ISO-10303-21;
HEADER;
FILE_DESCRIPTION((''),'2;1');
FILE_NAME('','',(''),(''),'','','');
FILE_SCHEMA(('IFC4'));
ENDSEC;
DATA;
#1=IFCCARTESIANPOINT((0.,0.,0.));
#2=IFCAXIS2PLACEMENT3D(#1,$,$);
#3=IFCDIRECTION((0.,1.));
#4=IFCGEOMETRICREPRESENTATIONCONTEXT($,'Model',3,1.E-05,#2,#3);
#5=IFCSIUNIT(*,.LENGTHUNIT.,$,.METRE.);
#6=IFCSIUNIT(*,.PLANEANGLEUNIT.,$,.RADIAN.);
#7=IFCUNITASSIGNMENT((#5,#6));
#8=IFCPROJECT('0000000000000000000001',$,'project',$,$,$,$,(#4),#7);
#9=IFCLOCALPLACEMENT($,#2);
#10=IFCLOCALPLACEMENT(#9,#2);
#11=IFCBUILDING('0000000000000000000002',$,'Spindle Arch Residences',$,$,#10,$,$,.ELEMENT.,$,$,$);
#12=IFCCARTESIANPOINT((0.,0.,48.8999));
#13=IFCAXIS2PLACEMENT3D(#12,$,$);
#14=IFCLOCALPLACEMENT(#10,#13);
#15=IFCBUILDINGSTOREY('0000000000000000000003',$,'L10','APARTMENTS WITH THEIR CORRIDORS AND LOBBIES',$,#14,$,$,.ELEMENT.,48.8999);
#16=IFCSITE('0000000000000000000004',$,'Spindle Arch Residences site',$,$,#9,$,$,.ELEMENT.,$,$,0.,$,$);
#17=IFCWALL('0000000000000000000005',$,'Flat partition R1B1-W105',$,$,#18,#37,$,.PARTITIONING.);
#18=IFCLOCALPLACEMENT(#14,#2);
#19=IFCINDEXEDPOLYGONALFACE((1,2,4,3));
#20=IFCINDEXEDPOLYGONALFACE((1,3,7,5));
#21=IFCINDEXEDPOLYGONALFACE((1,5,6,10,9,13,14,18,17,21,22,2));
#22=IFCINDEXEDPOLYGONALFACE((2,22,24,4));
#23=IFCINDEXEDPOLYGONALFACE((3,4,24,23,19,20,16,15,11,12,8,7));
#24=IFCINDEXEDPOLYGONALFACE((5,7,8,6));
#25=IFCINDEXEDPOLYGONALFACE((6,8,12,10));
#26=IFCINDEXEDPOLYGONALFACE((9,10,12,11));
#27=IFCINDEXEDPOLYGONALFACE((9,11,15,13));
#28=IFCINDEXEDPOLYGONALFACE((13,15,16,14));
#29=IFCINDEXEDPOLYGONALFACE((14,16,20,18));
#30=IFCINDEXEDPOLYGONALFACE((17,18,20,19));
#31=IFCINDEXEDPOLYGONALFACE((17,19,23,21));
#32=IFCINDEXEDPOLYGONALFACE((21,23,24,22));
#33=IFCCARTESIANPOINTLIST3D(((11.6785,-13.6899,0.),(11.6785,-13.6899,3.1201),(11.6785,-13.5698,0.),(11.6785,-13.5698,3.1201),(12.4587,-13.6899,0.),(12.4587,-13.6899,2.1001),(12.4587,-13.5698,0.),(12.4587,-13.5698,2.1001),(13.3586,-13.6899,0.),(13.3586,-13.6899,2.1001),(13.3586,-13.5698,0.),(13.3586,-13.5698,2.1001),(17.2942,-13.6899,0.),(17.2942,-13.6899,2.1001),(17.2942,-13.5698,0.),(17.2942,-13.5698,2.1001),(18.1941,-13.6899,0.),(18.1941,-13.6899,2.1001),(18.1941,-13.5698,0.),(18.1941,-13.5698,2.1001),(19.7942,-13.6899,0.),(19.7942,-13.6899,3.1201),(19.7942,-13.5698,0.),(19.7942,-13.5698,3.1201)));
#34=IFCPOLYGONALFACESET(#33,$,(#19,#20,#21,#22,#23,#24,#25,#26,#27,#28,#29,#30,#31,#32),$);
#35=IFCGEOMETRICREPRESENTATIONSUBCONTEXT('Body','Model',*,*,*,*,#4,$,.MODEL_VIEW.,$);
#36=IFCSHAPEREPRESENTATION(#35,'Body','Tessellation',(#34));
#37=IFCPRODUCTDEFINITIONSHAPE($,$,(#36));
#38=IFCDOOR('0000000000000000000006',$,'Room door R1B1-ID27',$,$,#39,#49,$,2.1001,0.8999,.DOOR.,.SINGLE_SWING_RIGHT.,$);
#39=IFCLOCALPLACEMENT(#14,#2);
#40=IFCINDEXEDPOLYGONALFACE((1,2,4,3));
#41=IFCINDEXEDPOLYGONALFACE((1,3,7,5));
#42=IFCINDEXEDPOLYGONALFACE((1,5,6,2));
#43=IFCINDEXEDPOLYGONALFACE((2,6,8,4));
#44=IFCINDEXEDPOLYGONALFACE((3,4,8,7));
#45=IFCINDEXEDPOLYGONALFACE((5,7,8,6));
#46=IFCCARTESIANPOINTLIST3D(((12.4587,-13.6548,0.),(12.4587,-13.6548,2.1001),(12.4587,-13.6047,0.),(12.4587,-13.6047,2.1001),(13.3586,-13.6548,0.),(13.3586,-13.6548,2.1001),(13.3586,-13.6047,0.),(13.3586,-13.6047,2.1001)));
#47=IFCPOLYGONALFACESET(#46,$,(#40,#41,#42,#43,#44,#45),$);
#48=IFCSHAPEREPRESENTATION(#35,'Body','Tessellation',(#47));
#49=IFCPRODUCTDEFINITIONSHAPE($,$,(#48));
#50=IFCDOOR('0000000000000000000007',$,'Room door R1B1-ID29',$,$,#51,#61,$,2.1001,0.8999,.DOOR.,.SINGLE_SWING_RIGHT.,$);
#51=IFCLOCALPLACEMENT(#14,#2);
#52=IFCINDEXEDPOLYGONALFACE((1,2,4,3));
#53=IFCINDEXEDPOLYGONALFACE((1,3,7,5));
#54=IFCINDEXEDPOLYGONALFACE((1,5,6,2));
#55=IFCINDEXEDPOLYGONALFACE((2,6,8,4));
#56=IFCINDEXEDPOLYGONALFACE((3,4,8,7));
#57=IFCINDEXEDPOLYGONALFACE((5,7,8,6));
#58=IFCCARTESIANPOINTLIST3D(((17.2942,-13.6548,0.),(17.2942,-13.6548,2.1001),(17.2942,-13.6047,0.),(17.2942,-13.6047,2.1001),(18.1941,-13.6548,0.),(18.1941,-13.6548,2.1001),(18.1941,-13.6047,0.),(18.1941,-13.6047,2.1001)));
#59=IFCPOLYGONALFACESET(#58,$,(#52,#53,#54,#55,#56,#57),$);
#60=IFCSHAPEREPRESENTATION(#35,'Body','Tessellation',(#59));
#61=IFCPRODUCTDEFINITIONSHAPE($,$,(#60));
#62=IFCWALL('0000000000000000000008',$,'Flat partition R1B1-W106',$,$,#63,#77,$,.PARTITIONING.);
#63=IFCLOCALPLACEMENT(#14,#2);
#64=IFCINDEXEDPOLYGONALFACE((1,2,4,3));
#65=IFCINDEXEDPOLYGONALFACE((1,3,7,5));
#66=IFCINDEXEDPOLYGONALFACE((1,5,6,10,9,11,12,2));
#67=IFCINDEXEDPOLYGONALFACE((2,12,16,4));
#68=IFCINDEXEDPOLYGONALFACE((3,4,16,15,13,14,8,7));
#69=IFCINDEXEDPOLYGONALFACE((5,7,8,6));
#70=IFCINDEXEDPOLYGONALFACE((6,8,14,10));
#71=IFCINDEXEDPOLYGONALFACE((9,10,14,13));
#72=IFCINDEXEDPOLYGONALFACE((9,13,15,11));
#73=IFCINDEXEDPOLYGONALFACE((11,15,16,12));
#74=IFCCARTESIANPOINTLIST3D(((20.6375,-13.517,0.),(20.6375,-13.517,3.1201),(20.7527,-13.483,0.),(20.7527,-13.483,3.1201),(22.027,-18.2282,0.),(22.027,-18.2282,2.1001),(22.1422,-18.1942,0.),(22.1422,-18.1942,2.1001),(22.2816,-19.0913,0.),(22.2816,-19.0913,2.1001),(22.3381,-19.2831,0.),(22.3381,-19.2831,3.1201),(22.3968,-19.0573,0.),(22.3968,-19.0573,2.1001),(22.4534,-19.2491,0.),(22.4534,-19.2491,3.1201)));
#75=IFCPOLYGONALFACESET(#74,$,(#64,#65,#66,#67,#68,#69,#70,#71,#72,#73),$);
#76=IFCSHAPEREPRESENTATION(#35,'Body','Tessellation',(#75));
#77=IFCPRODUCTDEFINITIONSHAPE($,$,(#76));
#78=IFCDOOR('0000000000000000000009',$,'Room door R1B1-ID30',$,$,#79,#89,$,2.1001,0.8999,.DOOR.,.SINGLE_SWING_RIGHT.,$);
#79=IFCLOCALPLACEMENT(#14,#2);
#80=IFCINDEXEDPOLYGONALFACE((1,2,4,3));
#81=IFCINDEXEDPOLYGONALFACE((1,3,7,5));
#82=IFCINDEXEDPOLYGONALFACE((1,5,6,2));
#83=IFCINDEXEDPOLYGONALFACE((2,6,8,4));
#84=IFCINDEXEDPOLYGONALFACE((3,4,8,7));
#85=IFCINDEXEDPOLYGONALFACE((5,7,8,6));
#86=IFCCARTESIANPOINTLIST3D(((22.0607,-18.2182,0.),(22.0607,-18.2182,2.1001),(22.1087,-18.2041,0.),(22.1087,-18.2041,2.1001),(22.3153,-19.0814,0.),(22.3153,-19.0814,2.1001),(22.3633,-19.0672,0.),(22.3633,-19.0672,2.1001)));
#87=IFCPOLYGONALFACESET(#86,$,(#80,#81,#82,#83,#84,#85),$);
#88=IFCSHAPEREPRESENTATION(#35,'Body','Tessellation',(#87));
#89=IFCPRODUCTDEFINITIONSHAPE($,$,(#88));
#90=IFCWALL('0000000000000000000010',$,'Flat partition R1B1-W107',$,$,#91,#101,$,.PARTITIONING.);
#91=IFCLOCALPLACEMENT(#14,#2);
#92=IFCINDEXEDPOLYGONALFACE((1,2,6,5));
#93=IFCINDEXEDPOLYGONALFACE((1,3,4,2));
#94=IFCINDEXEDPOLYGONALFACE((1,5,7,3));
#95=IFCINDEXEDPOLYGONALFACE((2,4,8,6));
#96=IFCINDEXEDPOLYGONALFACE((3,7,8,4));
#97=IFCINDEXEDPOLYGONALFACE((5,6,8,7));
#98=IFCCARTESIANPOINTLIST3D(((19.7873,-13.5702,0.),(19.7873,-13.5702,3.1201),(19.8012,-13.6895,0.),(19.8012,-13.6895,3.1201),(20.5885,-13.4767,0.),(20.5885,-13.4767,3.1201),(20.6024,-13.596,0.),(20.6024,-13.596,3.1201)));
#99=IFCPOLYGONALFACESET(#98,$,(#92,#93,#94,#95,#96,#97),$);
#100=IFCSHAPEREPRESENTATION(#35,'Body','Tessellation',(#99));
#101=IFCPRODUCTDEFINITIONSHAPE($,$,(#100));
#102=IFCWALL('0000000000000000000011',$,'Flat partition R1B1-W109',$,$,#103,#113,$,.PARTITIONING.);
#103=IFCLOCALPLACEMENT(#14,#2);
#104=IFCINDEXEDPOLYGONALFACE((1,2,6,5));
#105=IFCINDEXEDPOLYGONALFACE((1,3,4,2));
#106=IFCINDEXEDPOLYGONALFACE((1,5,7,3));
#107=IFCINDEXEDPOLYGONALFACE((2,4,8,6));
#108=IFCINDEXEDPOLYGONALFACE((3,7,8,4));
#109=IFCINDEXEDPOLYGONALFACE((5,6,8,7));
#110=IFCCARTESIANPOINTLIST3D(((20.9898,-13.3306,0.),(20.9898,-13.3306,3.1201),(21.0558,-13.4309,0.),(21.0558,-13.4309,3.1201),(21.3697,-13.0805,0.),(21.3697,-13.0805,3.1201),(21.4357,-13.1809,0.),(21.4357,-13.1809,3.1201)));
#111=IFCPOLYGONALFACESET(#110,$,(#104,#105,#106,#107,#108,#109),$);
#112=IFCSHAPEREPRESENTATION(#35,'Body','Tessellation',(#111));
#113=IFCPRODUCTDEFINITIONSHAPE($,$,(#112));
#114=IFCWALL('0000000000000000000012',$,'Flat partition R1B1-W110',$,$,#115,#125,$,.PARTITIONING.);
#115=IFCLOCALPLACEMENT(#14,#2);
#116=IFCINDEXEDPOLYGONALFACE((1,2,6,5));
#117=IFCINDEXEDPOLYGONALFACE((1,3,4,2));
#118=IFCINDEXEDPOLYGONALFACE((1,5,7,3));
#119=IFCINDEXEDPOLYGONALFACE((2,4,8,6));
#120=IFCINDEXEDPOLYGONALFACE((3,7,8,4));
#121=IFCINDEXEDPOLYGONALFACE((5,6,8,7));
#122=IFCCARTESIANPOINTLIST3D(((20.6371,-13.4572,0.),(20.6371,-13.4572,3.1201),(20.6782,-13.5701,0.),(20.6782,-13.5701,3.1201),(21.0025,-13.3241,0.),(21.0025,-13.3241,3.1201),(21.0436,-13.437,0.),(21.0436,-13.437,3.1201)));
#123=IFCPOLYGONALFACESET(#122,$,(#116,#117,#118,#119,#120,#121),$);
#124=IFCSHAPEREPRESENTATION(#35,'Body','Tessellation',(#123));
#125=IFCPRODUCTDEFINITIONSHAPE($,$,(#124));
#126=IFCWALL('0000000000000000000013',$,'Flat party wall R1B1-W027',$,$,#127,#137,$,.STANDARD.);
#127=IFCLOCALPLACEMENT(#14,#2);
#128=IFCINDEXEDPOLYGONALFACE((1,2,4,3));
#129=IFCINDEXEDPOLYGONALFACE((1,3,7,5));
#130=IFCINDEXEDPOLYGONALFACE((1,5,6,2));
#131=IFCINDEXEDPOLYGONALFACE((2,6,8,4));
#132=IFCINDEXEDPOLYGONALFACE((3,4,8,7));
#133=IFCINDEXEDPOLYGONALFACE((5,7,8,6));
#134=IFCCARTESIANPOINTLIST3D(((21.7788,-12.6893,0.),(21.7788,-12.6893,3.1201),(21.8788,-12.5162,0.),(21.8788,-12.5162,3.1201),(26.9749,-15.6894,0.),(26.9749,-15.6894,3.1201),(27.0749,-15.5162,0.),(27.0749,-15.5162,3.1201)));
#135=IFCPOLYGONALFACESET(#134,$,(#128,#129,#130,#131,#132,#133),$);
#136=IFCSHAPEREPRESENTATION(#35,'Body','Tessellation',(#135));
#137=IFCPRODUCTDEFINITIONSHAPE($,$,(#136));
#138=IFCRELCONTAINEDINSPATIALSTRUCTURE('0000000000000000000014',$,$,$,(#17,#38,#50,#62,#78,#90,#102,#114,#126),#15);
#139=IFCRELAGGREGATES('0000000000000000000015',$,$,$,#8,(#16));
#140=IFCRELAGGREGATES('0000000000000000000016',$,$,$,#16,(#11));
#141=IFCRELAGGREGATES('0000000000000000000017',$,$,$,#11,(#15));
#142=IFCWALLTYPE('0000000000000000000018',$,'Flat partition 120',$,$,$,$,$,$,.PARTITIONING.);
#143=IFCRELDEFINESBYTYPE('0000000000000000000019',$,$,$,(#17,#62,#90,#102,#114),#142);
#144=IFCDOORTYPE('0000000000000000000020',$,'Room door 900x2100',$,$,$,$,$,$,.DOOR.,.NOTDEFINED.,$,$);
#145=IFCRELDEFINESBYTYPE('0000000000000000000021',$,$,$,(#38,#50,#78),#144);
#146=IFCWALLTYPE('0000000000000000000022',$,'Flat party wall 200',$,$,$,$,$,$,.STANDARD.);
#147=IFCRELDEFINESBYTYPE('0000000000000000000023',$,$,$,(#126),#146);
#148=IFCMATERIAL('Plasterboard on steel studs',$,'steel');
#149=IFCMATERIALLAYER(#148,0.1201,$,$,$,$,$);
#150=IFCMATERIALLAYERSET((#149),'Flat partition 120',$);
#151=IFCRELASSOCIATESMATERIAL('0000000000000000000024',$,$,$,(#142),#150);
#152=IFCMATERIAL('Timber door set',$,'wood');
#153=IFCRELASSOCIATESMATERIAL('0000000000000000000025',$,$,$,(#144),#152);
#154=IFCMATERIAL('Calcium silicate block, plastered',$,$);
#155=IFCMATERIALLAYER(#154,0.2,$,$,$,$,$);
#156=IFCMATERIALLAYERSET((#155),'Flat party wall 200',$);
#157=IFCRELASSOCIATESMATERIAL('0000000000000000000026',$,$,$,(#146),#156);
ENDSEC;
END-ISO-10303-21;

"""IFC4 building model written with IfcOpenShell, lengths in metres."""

from ifc_helpers import new_model, si_unit, direction, frame, frame_2d, origin, place, context, subcontext, project, spatial, rectangle, extrude, material, layer, layer_set, type_object, element, fill, save


model = new_model("IFC4")

# Units and contexts
model_context = context("Model", 3, precision=1e-05, world=origin(), true_north=direction((0.0, 1.0)))
body_context = subcontext(model_context, "Body", "Model", "MODEL_VIEW")
ifc_project = project(units=[si_unit("LENGTHUNIT", "METRE"), si_unit("PLANEANGLEUNIT", "RADIAN")], contexts=[model_context])

# Site, building, storey
site_placement = place(None, origin())
site = spatial("IfcSite", under=ifc_project, at=site_placement, Name="Spindle Arch Residences site", CompositionType="ELEMENT", RefElevation=0.0)
building_placement = place(site_placement, origin())
building = spatial("IfcBuilding", under=site, at=building_placement, Name="Spindle Arch Residences", CompositionType="ELEMENT")
storey_placement = place(building_placement, frame((0.0, 0.0, 48.8999)))
storey = spatial("IfcBuildingStorey", under=building, at=storey_placement, Name="L10", Description="APARTMENTS WITH THEIR CORRIDORS AND LOBBIES", CompositionType="ELEMENT", Elevation=48.8999)

# Shared definitions
ifc_material_1 = material(Name="Plasterboard on steel studs", Category="steel")
ifc_layer_1 = layer(ifc_material_1, 0.1201)
ifc_layer_set_1 = layer_set([ifc_layer_1], Name="Flat partition 120")
wall_type_1 = type_object("IfcWallType", Name="Flat partition 120", PredefinedType="PARTITIONING", material=ifc_layer_set_1)

# Wall, openings, doors
wall_1_placement = place(storey_placement, frame((19.7942, -13.6299, 0.0), z_axis=(0.0, 0.0, 1.0), x_axis=(-1.0, 0.0, 0.0)))
wall_1 = element("IfcWall", 1, at=wall_1_placement, inside=storey, type_object=wall_type_1, Name="Flat partition R1B1-W105", PredefinedType="PARTITIONING", context=body_context, shape_type="SweptSolid", body=[
    extrude(rectangle(XDim=8.1157, YDim=0.1201, at=frame_2d((4.0579, 0.0))), origin(), (0.0, 0.0, 1.0), 3.1201),
])
opening_1_placement = place(wall_1_placement, frame((6.4355, 0.0, 0.0)))
opening_1 = element("IfcOpeningElement", 2, at=opening_1_placement, cuts=wall_1, PredefinedType="OPENING", context=body_context, shape_type="SweptSolid", body=[
    extrude(rectangle(XDim=0.8999, YDim=2.1001, at=frame_2d((0.45, 1.05))), frame((0.0, 0.0701, 0.0), z_axis=(0.0, -1.0, 0.0), x_axis=(1.0, 0.0, 0.0)), (0.0, 0.0, 1.0), 0.1401),
])
opening_2_placement = place(wall_1_placement, frame((1.6001, 0.0, 0.0)))
opening_2 = element("IfcOpeningElement", 3, at=opening_2_placement, cuts=wall_1, PredefinedType="OPENING", context=body_context, shape_type="SweptSolid", body=[
    extrude(rectangle(XDim=0.8999, YDim=2.1001, at=frame_2d((0.45, 1.05))), frame((0.0, 0.0701, 0.0), z_axis=(0.0, -1.0, 0.0), x_axis=(1.0, 0.0, 0.0)), (0.0, 0.0, 1.0), 0.1401),
])
ifc_material_2 = material(Name="Timber door set", Category="wood")
door_type = type_object("IfcDoorType", Name="Room door 900x2100", OperationType="NOTDEFINED", PredefinedType="DOOR", material=ifc_material_2)
door_1_placement = place(opening_1_placement, origin())
door_1 = element("IfcDoor", 4, at=door_1_placement, inside=storey, type_object=door_type, Name="Room door R1B1-ID27", OperationType="SINGLE_SWING_RIGHT", OverallHeight=2.1001, OverallWidth=0.8999, PredefinedType="DOOR", context=body_context, shape_type="SweptSolid", body=[
    extrude(rectangle(XDim=0.8999, YDim=2.1001, at=frame_2d((0.45, 1.05))), frame((0.0, 0.0249, 0.0), z_axis=(0.0, -1.0, 0.0), x_axis=(1.0, 0.0, 0.0)), (0.0, 0.0, 1.0), 0.05),
])
fill(opening_1, door_1)
door_2_placement = place(opening_2_placement, origin())
door_2 = element("IfcDoor", 5, at=door_2_placement, inside=storey, type_object=door_type, Name="Room door R1B1-ID29", OperationType="SINGLE_SWING_RIGHT", OverallHeight=2.1001, OverallWidth=0.8999, PredefinedType="DOOR", context=body_context, shape_type="SweptSolid", body=[
    extrude(rectangle(XDim=0.8999, YDim=2.1001, at=frame_2d((0.45, 1.05))), frame((0.0, 0.0249, 0.0), z_axis=(0.0, -1.0, 0.0), x_axis=(1.0, 0.0, 0.0)), (0.0, 0.0, 1.0), 0.05),
])
fill(opening_2, door_2)

# Wall, opening, door
wall_2_placement = place(storey_placement, frame((22.3958, -19.2661, 0.0), z_axis=(0.0, 0.0, 1.0), x_axis=(-0.282896, 0.959151, 0.0)))
wall_2 = element("IfcWall", 6, at=wall_2_placement, inside=storey, type_object=wall_type_1, Name="Flat partition R1B1-W106", PredefinedType="PARTITIONING", context=body_context, shape_type="SweptSolid", body=[
    extrude(rectangle(XDim=6.0117, YDim=0.1201, at=frame_2d((3.0059, 0.0))), origin(), (0.0, 0.0, 1.0), 3.1201),
])
opening_3_placement = place(wall_2_placement, frame((0.2, 0.0, 0.0)))
opening_3 = element("IfcOpeningElement", 7, at=opening_3_placement, cuts=wall_2, PredefinedType="OPENING", context=body_context, shape_type="SweptSolid", body=[
    extrude(rectangle(XDim=0.8999, YDim=2.1001, at=frame_2d((0.45, 1.05))), frame((0.0, 0.0701, 0.0), z_axis=(0.0, -1.0, 0.0), x_axis=(1.0, 0.0, 0.0)), (0.0, 0.0, 1.0), 0.1401),
])
door_3_placement = place(opening_3_placement, origin())
door_3 = element("IfcDoor", 8, at=door_3_placement, inside=storey, type_object=door_type, Name="Room door R1B1-ID30", OperationType="SINGLE_SWING_RIGHT", OverallHeight=2.1001, OverallWidth=0.8999, PredefinedType="DOOR", context=body_context, shape_type="SweptSolid", body=[
    extrude(rectangle(XDim=0.8999, YDim=2.1001, at=frame_2d((0.45, 1.05))), frame((0.0, 0.0249, 0.0), z_axis=(0.0, -1.0, 0.0), x_axis=(1.0, 0.0, 0.0)), (0.0, 0.0, 1.0), 0.05),
])
fill(opening_3, door_3)

# Walls
wall_3_placement = place(storey_placement, frame((20.5955, -13.5364, 0.0), z_axis=(0.0, 0.0, 1.0), x_axis=(-0.99326, -0.115911, 0.0)))
element("IfcWall", 9, at=wall_3_placement, inside=storey, type_object=wall_type_1, Name="Flat partition R1B1-W107", PredefinedType="PARTITIONING", context=body_context, shape_type="SweptSolid", body=[
    extrude(rectangle(XDim=0.8066, YDim=0.1201, at=frame_2d((0.4033, 0.0))), origin(), (0.0, 0.0, 1.0), 3.1201),
])
wall_4_placement = place(storey_placement, frame((21.4028, -13.1306, 0.0), z_axis=(0.0, 0.0, 1.0), x_axis=(-0.835339, -0.549735, 0.0)))
element("IfcWall", 10, at=wall_4_placement, inside=storey, type_object=wall_type_1, Name="Flat partition R1B1-W109", PredefinedType="PARTITIONING", context=body_context, shape_type="SweptSolid", body=[
    extrude(rectangle(XDim=0.4548, YDim=0.1201, at=frame_2d((0.2275, 0.0))), origin(), (0.0, 0.0, 1.0), 3.1201),
])
wall_5_placement = place(storey_placement, frame((21.0229, -13.3806, 0.0), z_axis=(0.0, 0.0, 1.0), x_axis=(-0.939665, -0.342096, 0.0)))
element("IfcWall", 11, at=wall_5_placement, inside=storey, type_object=wall_type_1, Name="Flat partition R1B1-W110", PredefinedType="PARTITIONING", context=body_context, shape_type="SweptSolid", body=[
    extrude(rectangle(XDim=0.3889, YDim=0.1201, at=frame_2d((0.1943, 0.0))), origin(), (0.0, 0.0, 1.0), 3.1201),
])
ifc_material_3 = material(Name="Calcium silicate block, plastered")
ifc_layer_2 = layer(ifc_material_3, 0.2)
ifc_layer_set_2 = layer_set([ifc_layer_2], Name="Flat party wall 200")
wall_type_2 = type_object("IfcWallType", Name="Flat party wall 200", PredefinedType="STANDARD", material=ifc_layer_set_2)
wall_6_placement = place(storey_placement, frame((27.0249, -15.6028, 0.0), z_axis=(0.0, 0.0, 1.0), x_axis=(-0.866021, 0.500008, 0.0)))
element("IfcWall", 12, at=wall_6_placement, inside=storey, type_object=wall_type_2, Name="Flat party wall R1B1-W027", PredefinedType="STANDARD", context=body_context, shape_type="SweptSolid", body=[
    extrude(rectangle(XDim=6.0, YDim=0.2, at=frame_2d((3.0, 0.0))), origin(), (0.0, 0.0, 1.0), 3.1201),
])

save(model, "model.ifc")
